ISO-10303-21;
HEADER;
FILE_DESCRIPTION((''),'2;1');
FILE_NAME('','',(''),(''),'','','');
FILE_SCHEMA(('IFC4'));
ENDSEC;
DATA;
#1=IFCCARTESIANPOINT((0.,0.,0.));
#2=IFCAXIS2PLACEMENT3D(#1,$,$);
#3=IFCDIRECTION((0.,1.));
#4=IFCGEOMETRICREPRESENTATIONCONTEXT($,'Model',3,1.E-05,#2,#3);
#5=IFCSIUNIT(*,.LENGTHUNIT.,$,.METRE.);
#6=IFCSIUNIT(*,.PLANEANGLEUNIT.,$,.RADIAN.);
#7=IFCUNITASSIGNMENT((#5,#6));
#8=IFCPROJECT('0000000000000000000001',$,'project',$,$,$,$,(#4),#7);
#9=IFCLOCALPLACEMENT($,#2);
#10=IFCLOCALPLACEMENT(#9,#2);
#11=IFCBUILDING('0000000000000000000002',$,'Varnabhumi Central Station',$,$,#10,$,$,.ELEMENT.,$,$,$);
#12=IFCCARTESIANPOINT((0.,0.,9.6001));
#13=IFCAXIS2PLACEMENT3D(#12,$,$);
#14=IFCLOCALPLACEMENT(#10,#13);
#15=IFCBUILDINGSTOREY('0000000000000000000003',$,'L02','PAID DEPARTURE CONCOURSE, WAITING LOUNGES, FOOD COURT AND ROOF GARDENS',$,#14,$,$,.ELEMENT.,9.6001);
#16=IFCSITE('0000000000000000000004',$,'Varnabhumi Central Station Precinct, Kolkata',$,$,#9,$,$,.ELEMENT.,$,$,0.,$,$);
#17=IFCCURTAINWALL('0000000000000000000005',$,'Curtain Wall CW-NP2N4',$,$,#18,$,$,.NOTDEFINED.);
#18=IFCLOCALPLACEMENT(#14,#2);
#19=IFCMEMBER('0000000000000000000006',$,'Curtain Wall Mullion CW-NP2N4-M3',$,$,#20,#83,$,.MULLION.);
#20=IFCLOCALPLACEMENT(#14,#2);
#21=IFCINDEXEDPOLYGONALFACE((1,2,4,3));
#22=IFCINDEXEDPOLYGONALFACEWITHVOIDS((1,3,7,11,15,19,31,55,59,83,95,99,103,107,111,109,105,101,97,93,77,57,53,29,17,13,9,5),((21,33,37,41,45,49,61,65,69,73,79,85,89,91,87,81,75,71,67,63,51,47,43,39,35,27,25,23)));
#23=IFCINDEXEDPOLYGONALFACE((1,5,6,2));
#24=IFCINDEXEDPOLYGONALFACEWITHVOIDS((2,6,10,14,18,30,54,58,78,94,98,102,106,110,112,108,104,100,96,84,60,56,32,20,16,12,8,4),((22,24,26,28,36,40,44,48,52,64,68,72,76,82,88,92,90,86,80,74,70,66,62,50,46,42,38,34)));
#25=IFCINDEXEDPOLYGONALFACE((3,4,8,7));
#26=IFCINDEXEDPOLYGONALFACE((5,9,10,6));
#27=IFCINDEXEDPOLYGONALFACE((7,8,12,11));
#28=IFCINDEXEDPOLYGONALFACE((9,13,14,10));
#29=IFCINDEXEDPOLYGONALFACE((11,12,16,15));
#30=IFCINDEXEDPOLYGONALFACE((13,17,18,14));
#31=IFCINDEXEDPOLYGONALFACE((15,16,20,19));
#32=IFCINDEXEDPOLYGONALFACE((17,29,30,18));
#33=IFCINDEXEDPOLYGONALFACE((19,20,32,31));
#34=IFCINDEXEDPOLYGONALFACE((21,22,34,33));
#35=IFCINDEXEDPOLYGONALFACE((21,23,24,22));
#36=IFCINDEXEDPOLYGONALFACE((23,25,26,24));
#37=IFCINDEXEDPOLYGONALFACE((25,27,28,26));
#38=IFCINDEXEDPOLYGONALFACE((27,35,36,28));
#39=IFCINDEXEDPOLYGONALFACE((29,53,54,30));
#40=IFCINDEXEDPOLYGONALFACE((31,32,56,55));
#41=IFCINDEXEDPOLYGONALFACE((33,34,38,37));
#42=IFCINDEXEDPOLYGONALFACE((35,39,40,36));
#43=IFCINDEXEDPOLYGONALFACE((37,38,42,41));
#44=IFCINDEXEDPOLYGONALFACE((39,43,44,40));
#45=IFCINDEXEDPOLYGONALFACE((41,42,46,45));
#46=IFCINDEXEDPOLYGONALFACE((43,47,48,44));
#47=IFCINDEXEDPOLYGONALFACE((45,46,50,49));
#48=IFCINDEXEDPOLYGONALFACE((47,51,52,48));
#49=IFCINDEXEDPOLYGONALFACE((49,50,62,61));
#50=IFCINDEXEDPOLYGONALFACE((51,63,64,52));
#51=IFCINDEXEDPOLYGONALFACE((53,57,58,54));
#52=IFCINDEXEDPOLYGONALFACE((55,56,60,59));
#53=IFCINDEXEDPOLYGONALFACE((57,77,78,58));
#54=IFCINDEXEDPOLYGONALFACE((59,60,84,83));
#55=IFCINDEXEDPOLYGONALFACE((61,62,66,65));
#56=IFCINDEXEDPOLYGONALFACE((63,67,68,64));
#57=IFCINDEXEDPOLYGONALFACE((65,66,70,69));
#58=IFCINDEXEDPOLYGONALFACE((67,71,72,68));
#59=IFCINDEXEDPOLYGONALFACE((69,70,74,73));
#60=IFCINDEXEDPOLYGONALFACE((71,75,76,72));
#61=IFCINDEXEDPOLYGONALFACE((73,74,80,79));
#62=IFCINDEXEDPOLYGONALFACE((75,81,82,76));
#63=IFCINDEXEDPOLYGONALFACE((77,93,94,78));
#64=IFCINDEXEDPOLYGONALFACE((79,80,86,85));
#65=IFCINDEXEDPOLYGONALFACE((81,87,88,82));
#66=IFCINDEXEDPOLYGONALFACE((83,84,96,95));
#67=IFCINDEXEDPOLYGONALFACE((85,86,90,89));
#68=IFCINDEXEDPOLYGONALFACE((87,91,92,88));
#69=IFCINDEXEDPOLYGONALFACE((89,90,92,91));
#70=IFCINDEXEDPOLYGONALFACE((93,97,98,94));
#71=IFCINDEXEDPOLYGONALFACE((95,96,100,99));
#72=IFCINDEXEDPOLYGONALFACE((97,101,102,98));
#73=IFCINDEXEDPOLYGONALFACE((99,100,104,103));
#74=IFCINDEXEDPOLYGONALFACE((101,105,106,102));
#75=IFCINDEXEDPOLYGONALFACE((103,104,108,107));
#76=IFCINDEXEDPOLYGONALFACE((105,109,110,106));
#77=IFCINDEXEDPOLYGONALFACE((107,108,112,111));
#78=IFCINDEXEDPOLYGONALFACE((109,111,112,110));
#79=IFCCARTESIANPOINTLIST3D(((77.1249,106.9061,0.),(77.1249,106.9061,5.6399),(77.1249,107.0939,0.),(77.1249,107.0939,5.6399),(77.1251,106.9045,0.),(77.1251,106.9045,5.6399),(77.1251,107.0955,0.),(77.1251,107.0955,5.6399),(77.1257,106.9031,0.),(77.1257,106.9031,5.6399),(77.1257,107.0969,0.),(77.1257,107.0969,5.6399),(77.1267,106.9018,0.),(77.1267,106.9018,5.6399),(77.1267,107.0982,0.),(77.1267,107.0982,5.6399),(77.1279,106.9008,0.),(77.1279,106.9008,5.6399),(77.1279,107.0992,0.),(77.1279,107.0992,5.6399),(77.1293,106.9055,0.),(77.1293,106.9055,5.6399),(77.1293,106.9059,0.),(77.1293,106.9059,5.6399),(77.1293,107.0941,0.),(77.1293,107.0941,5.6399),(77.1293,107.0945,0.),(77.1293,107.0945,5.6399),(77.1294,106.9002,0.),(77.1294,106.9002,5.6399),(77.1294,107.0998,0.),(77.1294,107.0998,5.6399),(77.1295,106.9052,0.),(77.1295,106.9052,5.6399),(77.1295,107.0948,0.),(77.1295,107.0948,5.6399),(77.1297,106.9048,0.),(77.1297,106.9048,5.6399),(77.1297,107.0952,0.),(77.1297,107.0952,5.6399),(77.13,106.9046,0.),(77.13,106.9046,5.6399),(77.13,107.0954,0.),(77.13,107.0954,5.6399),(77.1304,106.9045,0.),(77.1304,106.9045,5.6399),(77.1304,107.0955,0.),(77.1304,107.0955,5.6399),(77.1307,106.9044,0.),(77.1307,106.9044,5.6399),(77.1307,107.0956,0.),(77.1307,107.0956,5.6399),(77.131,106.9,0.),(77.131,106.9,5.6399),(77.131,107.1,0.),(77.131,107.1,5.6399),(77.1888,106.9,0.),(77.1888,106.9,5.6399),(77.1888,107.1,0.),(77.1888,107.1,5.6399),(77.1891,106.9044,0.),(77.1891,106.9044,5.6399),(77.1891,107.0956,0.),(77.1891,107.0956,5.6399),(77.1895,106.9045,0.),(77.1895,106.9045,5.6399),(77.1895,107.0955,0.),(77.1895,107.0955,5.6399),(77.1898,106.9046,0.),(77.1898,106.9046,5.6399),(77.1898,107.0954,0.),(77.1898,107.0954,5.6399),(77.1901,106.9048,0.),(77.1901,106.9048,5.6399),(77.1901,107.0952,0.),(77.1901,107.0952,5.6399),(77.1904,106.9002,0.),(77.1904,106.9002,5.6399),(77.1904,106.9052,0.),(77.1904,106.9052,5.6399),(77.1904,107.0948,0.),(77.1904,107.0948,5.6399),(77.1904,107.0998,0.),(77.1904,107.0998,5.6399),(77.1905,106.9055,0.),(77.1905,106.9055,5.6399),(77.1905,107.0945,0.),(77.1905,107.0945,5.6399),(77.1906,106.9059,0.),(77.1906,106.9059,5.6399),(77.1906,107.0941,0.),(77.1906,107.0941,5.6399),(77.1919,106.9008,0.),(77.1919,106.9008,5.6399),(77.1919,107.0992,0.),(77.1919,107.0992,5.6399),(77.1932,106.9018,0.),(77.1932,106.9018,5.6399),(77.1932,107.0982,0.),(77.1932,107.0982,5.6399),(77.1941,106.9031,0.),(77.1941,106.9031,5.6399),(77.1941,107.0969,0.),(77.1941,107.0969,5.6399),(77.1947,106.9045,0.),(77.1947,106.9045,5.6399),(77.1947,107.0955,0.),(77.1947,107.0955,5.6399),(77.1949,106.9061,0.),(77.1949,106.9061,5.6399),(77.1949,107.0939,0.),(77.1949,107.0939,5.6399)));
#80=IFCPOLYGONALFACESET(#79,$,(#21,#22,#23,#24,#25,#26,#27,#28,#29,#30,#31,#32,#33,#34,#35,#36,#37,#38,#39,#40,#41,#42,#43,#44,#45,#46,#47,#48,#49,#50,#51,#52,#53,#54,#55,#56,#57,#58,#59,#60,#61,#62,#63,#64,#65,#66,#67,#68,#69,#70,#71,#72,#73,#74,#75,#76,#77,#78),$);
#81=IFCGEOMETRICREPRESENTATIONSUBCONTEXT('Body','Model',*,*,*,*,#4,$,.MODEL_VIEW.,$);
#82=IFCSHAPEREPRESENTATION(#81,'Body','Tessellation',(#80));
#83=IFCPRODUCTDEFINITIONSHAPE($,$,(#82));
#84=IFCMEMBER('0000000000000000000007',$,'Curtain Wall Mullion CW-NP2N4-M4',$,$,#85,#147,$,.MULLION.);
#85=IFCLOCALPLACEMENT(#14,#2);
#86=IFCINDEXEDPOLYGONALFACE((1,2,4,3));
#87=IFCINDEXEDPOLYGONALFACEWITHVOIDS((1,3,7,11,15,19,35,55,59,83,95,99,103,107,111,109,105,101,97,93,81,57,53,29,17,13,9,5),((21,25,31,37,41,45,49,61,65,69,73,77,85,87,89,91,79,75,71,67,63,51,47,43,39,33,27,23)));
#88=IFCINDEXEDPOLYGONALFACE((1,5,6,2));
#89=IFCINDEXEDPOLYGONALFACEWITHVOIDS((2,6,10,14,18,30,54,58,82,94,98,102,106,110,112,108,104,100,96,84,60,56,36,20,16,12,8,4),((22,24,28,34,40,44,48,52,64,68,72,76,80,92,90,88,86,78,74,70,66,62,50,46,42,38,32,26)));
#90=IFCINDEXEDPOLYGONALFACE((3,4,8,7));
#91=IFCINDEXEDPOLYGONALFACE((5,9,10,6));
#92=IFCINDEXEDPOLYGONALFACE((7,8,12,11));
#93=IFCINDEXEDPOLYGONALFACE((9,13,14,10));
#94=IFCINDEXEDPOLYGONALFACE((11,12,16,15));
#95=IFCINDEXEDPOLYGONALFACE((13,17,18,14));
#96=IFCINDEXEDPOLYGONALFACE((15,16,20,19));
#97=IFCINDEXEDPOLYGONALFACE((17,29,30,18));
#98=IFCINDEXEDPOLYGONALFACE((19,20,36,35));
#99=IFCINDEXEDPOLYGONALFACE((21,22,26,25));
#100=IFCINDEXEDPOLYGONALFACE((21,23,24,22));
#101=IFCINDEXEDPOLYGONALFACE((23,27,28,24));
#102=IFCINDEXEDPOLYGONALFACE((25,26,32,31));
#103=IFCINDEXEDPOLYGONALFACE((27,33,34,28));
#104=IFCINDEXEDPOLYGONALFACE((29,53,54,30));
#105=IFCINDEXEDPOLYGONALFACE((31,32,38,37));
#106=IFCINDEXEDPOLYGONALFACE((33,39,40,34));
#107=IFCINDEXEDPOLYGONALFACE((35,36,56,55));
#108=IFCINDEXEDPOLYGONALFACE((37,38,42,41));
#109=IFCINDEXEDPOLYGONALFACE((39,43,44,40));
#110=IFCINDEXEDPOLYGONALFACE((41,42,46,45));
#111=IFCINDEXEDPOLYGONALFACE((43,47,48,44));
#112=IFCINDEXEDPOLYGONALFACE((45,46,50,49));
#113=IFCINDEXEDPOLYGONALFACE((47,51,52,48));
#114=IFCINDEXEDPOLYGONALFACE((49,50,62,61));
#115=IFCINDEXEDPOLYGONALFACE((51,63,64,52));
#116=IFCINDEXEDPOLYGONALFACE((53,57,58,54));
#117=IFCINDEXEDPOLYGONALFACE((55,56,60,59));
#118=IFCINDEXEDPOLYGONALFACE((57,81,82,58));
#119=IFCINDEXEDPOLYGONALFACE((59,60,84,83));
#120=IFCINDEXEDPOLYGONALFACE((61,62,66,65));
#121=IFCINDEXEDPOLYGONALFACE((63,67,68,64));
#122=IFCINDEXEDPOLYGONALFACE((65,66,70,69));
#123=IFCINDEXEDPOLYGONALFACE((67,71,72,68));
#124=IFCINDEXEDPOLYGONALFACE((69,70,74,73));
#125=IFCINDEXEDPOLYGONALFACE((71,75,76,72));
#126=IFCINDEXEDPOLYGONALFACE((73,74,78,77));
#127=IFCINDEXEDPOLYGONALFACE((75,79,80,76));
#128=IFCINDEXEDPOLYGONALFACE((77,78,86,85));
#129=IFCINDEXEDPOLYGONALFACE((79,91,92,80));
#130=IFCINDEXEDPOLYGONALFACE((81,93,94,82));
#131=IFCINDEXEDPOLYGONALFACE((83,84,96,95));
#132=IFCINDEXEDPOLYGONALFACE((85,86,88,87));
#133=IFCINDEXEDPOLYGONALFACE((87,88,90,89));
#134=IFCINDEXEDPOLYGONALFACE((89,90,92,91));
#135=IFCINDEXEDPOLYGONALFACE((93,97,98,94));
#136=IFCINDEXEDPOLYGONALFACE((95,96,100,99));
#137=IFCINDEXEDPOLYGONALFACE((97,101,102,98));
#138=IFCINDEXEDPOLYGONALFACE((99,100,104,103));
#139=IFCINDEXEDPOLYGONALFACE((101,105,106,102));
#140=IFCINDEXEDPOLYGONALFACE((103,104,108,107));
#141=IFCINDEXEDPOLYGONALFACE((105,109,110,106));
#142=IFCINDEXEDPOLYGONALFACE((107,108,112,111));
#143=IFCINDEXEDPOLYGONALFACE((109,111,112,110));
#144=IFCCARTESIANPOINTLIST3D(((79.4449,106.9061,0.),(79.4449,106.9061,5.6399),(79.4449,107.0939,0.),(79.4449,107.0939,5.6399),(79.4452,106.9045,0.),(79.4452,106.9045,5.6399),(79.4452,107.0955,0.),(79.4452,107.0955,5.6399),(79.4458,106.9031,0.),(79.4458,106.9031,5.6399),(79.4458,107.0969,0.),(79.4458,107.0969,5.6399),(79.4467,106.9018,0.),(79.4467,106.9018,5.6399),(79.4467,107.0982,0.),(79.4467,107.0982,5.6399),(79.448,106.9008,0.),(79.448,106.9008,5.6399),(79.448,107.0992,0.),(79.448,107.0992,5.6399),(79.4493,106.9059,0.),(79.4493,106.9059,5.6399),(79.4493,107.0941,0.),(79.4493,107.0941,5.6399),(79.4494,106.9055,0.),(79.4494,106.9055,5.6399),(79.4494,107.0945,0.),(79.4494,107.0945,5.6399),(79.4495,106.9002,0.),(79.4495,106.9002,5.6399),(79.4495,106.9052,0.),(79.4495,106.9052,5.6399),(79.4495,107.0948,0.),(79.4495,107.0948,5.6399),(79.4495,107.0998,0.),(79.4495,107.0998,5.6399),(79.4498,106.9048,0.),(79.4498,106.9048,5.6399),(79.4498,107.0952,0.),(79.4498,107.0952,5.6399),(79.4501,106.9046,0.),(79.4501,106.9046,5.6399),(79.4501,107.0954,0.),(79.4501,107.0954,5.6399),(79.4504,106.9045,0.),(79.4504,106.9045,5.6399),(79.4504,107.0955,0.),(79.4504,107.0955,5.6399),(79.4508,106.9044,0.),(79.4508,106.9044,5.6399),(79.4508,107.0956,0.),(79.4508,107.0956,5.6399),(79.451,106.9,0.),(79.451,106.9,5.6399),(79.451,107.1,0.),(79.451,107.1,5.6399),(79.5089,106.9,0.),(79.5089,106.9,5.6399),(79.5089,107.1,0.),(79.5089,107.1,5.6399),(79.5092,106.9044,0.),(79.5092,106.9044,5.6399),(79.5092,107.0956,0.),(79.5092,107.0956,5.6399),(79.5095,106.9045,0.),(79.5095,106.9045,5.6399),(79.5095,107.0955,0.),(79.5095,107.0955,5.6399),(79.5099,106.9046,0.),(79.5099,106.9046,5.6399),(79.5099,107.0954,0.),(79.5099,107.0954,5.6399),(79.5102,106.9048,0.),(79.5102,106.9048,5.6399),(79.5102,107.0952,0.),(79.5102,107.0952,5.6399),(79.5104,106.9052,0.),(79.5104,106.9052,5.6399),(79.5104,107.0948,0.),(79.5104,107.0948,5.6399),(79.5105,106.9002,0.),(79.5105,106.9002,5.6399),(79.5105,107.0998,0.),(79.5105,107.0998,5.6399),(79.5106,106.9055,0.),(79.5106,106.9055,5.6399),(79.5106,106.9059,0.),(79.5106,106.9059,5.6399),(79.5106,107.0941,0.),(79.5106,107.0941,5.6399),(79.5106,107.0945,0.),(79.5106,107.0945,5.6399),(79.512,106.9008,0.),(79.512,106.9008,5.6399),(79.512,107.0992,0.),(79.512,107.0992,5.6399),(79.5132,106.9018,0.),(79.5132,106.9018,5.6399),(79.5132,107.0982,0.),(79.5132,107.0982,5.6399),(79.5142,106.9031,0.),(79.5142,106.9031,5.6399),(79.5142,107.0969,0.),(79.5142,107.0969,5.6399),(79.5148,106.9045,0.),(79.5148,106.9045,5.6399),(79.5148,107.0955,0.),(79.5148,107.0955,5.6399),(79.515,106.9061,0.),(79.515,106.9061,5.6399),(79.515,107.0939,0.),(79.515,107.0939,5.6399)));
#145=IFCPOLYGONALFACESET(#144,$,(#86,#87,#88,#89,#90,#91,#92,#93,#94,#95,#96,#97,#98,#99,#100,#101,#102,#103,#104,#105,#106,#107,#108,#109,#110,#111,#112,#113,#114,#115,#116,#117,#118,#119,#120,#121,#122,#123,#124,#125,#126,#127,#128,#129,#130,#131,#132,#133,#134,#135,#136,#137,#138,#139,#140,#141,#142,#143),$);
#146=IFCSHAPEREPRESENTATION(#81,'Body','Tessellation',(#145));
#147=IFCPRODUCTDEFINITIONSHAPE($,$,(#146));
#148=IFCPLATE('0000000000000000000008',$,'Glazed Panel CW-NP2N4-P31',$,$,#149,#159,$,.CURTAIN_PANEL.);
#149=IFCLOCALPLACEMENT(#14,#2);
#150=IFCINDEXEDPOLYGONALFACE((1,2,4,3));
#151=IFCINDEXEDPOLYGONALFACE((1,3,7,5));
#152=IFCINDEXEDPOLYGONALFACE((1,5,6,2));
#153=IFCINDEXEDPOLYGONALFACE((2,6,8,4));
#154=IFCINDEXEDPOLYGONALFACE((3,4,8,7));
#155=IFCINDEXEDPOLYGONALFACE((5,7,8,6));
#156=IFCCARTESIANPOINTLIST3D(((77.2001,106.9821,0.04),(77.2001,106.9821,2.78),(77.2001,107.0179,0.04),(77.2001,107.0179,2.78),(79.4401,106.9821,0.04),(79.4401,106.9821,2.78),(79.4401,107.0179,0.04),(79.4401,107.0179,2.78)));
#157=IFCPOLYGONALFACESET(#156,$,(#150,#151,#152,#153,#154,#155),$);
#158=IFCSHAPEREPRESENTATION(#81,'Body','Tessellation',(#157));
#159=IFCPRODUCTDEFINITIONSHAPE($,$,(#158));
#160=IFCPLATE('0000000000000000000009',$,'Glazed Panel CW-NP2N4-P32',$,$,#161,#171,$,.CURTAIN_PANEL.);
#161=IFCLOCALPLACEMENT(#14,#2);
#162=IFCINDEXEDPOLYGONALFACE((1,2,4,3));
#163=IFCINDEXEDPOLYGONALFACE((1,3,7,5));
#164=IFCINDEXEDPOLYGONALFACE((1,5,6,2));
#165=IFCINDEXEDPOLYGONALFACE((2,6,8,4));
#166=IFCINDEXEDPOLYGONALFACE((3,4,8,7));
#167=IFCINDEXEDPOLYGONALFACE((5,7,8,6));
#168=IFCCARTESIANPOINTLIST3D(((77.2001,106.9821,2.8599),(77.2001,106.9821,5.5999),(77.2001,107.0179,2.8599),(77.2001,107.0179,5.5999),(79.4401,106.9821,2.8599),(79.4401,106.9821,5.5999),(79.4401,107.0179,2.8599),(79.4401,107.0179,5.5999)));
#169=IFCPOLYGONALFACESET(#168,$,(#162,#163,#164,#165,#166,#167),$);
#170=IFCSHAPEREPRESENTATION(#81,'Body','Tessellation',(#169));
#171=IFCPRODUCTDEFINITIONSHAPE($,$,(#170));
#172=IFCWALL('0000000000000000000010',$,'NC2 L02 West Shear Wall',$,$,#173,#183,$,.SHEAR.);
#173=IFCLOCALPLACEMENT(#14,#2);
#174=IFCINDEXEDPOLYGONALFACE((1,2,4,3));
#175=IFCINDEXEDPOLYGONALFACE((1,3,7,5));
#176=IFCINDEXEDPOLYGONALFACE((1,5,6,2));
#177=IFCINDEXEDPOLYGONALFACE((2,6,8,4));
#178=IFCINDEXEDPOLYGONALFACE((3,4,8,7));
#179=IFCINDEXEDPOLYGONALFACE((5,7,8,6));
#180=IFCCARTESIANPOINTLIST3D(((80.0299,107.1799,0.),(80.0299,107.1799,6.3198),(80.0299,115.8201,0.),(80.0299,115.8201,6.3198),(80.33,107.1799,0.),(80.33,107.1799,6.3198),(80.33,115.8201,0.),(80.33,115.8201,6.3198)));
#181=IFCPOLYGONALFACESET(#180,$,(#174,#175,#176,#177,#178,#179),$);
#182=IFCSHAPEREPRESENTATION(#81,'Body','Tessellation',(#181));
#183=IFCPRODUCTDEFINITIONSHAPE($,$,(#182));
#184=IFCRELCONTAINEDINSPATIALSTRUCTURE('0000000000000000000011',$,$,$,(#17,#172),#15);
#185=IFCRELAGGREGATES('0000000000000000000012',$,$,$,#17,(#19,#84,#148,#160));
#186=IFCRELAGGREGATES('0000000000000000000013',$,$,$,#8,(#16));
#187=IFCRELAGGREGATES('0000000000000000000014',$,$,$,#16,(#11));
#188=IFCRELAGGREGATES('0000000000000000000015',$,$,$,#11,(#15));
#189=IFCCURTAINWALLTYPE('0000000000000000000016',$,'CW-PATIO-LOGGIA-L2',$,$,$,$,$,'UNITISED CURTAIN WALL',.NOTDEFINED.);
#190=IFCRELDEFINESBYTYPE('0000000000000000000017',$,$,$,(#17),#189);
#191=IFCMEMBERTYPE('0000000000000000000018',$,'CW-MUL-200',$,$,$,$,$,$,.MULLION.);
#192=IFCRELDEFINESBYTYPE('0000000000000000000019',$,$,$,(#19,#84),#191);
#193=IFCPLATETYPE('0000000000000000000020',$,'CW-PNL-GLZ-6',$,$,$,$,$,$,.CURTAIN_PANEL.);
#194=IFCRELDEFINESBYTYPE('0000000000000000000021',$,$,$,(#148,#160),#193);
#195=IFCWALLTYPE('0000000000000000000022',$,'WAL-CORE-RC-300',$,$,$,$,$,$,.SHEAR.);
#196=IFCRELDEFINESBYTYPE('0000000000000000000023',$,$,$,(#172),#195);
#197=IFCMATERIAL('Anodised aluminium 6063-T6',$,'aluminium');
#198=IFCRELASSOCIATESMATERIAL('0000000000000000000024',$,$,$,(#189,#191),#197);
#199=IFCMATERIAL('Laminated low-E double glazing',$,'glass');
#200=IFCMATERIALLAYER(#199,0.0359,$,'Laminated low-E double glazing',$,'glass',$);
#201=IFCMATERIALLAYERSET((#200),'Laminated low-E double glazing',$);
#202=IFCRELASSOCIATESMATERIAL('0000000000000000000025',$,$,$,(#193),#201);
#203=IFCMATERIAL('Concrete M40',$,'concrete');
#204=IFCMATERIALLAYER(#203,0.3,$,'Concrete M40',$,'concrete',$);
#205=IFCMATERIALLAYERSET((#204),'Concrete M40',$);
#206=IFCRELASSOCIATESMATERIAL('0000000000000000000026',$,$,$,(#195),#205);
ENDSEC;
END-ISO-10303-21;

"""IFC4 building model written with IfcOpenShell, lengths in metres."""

from ifc_helpers import new_model, si_unit, direction, frame, frame_2d, origin, origin_2d, place, context, subcontext, project, spatial, rectangle, hollow_rectangle, extrude, material, layer, layer_set, material_profile, profile_set, type_object, element, aggregate, save


model = new_model("IFC4")

# Units and contexts
model_context = context("Model", 3, precision=1e-05, world=origin(), true_north=direction((0.0, 1.0)))
body_context = subcontext(model_context, "Body", "Model", "MODEL_VIEW")
ifc_project = project(units=[si_unit("LENGTHUNIT", "METRE"), si_unit("PLANEANGLEUNIT", "RADIAN")], contexts=[model_context])

# Site, building, storey
site_placement = place(None, origin())
site = spatial("IfcSite", under=ifc_project, at=site_placement, Name="Varnabhumi Central Station Precinct, Kolkata", CompositionType="ELEMENT", RefElevation=0.0)
building_placement = place(site_placement, origin())
building = spatial("IfcBuilding", under=site, at=building_placement, Name="Varnabhumi Central Station", CompositionType="ELEMENT")
storey_placement = place(building_placement, frame((0.0, 0.0, 9.6001)))
storey = spatial("IfcBuildingStorey", under=building, at=storey_placement, Name="L02", Description="PAID DEPARTURE CONCOURSE, WAITING LOUNGES, FOOD COURT AND ROOF GARDENS", CompositionType="ELEMENT", Elevation=9.6001)

# Shared definitions
ifc_material_1 = material(Name="Concrete M40", Category="concrete")

# Shared definitions
ifc_material_2 = material(Name="Anodised aluminium 6063-T6", Category="aluminium")
curtain_wall_type = type_object("IfcCurtainWallType", Name="CW-PATIO-LOGGIA-L2", ElementType="UNITISED CURTAIN WALL", PredefinedType="NOTDEFINED", material=ifc_material_2)

# Curtain wall, members, plates
curtain_wall_1_placement = place(storey_placement, origin())
curtain_wall_1 = element("IfcCurtainWall", 1, at=curtain_wall_1_placement, inside=storey, type_object=curtain_wall_type, Name="Curtain Wall CW-NP2N4", PredefinedType="NOTDEFINED")
ifc_material_profile_1 = material_profile(ifc_material_2, hollow_rectangle(XDim=0.0701, YDim=0.2, WallThickness=0.0044, InnerFilletRadius=0.0015, OuterFilletRadius=0.0061, at=origin_2d()), Name="Anodised aluminium 6063-T6", Category="aluminium")
ifc_profile_set_1 = profile_set([ifc_material_profile_1], Name="Anodised aluminium 6063-T6")
member_type_1 = type_object("IfcMemberType", Name="CW-MUL-200", PredefinedType="MULLION", material=ifc_profile_set_1)
member_1_placement = place(storey_placement, frame((77.1599, 107.0, 0.0), z_axis=(0.0, 0.0, 1.0), x_axis=(1.0, 0.0, 0.0)))
member_1 = element("IfcMember", 2, at=member_1_placement, type_object=member_type_1, Name="Curtain Wall Mullion CW-NP2N4-M3", PredefinedType="MULLION", context=body_context, shape_type="SweptSolid", body=[
    extrude(hollow_rectangle(XDim=0.0701, YDim=0.2, WallThickness=0.0044, InnerFilletRadius=0.0015, OuterFilletRadius=0.0061, at=origin_2d()), origin(), (0.0, 0.0, 1.0), 5.6399),
])
member_2_placement = place(storey_placement, frame((79.48, 107.0, 0.0), z_axis=(0.0, 0.0, 1.0), x_axis=(1.0, 0.0, 0.0)))
member_2 = element("IfcMember", 3, at=member_2_placement, type_object=member_type_1, Name="Curtain Wall Mullion CW-NP2N4-M4", PredefinedType="MULLION", context=body_context, shape_type="SweptSolid", body=[
    extrude(hollow_rectangle(XDim=0.0701, YDim=0.2, WallThickness=0.0044, InnerFilletRadius=0.0015, OuterFilletRadius=0.0061, at=origin_2d()), origin(), (0.0, 0.0, 1.0), 5.6399),
])
ifc_material_3 = material(Name="Laminated low-E double glazing", Category="glass")
ifc_layer_1 = layer(ifc_material_3, 0.0359, Name="Laminated low-E double glazing", Category="glass")
ifc_layer_set_1 = layer_set([ifc_layer_1], Name="Laminated low-E double glazing")
plate_type = type_object("IfcPlateType", Name="CW-PNL-GLZ-6", PredefinedType="CURTAIN_PANEL", material=ifc_layer_set_1)
plate_1_placement = place(storey_placement, frame((78.3201, 107.0, 0.04), z_axis=(0.0, 0.0, 1.0), x_axis=(1.0, 0.0, 0.0)))
plate_1 = element("IfcPlate", 4, at=plate_1_placement, type_object=plate_type, Name="Glazed Panel CW-NP2N4-P31", PredefinedType="CURTAIN_PANEL", context=body_context, shape_type="SweptSolid", body=[
    extrude(rectangle(XDim=2.24, YDim=0.0359, at=origin_2d()), origin(), (0.0, 0.0, 1.0), 2.74),
])
plate_2_placement = place(storey_placement, frame((78.3201, 107.0, 2.8599), z_axis=(0.0, 0.0, 1.0), x_axis=(1.0, 0.0, 0.0)))
plate_2 = element("IfcPlate", 5, at=plate_2_placement, type_object=plate_type, Name="Glazed Panel CW-NP2N4-P32", PredefinedType="CURTAIN_PANEL", context=body_context, shape_type="SweptSolid", body=[
    extrude(rectangle(XDim=2.24, YDim=0.0359, at=origin_2d()), origin(), (0.0, 0.0, 1.0), 2.74),
])
aggregate(curtain_wall_1, [member_1, member_2, plate_1, plate_2])

# Wall
ifc_layer_2 = layer(ifc_material_1, 0.3, Name="Concrete M40", Category="concrete")
ifc_layer_set_2 = layer_set([ifc_layer_2], Name="Concrete M40")
wall_type_1 = type_object("IfcWallType", Name="WAL-CORE-RC-300", PredefinedType="SHEAR", material=ifc_layer_set_2)
wall_1_placement = place(storey_placement, frame((80.1799, 107.1799, 0.0), z_axis=(0.0, 0.0, 1.0), x_axis=(0.0, 1.0, 0.0)))
element("IfcWall", 6, at=wall_1_placement, inside=storey, type_object=wall_type_1, Name="NC2 L02 West Shear Wall", PredefinedType="SHEAR", context=body_context, shape_type="SweptSolid", body=[
    extrude(rectangle(XDim=8.6401, YDim=0.3, at=frame_2d((4.3201, 0.0))), origin(), (0.0, 0.0, 1.0), 6.3198),
])

save(model, "model.ifc")
